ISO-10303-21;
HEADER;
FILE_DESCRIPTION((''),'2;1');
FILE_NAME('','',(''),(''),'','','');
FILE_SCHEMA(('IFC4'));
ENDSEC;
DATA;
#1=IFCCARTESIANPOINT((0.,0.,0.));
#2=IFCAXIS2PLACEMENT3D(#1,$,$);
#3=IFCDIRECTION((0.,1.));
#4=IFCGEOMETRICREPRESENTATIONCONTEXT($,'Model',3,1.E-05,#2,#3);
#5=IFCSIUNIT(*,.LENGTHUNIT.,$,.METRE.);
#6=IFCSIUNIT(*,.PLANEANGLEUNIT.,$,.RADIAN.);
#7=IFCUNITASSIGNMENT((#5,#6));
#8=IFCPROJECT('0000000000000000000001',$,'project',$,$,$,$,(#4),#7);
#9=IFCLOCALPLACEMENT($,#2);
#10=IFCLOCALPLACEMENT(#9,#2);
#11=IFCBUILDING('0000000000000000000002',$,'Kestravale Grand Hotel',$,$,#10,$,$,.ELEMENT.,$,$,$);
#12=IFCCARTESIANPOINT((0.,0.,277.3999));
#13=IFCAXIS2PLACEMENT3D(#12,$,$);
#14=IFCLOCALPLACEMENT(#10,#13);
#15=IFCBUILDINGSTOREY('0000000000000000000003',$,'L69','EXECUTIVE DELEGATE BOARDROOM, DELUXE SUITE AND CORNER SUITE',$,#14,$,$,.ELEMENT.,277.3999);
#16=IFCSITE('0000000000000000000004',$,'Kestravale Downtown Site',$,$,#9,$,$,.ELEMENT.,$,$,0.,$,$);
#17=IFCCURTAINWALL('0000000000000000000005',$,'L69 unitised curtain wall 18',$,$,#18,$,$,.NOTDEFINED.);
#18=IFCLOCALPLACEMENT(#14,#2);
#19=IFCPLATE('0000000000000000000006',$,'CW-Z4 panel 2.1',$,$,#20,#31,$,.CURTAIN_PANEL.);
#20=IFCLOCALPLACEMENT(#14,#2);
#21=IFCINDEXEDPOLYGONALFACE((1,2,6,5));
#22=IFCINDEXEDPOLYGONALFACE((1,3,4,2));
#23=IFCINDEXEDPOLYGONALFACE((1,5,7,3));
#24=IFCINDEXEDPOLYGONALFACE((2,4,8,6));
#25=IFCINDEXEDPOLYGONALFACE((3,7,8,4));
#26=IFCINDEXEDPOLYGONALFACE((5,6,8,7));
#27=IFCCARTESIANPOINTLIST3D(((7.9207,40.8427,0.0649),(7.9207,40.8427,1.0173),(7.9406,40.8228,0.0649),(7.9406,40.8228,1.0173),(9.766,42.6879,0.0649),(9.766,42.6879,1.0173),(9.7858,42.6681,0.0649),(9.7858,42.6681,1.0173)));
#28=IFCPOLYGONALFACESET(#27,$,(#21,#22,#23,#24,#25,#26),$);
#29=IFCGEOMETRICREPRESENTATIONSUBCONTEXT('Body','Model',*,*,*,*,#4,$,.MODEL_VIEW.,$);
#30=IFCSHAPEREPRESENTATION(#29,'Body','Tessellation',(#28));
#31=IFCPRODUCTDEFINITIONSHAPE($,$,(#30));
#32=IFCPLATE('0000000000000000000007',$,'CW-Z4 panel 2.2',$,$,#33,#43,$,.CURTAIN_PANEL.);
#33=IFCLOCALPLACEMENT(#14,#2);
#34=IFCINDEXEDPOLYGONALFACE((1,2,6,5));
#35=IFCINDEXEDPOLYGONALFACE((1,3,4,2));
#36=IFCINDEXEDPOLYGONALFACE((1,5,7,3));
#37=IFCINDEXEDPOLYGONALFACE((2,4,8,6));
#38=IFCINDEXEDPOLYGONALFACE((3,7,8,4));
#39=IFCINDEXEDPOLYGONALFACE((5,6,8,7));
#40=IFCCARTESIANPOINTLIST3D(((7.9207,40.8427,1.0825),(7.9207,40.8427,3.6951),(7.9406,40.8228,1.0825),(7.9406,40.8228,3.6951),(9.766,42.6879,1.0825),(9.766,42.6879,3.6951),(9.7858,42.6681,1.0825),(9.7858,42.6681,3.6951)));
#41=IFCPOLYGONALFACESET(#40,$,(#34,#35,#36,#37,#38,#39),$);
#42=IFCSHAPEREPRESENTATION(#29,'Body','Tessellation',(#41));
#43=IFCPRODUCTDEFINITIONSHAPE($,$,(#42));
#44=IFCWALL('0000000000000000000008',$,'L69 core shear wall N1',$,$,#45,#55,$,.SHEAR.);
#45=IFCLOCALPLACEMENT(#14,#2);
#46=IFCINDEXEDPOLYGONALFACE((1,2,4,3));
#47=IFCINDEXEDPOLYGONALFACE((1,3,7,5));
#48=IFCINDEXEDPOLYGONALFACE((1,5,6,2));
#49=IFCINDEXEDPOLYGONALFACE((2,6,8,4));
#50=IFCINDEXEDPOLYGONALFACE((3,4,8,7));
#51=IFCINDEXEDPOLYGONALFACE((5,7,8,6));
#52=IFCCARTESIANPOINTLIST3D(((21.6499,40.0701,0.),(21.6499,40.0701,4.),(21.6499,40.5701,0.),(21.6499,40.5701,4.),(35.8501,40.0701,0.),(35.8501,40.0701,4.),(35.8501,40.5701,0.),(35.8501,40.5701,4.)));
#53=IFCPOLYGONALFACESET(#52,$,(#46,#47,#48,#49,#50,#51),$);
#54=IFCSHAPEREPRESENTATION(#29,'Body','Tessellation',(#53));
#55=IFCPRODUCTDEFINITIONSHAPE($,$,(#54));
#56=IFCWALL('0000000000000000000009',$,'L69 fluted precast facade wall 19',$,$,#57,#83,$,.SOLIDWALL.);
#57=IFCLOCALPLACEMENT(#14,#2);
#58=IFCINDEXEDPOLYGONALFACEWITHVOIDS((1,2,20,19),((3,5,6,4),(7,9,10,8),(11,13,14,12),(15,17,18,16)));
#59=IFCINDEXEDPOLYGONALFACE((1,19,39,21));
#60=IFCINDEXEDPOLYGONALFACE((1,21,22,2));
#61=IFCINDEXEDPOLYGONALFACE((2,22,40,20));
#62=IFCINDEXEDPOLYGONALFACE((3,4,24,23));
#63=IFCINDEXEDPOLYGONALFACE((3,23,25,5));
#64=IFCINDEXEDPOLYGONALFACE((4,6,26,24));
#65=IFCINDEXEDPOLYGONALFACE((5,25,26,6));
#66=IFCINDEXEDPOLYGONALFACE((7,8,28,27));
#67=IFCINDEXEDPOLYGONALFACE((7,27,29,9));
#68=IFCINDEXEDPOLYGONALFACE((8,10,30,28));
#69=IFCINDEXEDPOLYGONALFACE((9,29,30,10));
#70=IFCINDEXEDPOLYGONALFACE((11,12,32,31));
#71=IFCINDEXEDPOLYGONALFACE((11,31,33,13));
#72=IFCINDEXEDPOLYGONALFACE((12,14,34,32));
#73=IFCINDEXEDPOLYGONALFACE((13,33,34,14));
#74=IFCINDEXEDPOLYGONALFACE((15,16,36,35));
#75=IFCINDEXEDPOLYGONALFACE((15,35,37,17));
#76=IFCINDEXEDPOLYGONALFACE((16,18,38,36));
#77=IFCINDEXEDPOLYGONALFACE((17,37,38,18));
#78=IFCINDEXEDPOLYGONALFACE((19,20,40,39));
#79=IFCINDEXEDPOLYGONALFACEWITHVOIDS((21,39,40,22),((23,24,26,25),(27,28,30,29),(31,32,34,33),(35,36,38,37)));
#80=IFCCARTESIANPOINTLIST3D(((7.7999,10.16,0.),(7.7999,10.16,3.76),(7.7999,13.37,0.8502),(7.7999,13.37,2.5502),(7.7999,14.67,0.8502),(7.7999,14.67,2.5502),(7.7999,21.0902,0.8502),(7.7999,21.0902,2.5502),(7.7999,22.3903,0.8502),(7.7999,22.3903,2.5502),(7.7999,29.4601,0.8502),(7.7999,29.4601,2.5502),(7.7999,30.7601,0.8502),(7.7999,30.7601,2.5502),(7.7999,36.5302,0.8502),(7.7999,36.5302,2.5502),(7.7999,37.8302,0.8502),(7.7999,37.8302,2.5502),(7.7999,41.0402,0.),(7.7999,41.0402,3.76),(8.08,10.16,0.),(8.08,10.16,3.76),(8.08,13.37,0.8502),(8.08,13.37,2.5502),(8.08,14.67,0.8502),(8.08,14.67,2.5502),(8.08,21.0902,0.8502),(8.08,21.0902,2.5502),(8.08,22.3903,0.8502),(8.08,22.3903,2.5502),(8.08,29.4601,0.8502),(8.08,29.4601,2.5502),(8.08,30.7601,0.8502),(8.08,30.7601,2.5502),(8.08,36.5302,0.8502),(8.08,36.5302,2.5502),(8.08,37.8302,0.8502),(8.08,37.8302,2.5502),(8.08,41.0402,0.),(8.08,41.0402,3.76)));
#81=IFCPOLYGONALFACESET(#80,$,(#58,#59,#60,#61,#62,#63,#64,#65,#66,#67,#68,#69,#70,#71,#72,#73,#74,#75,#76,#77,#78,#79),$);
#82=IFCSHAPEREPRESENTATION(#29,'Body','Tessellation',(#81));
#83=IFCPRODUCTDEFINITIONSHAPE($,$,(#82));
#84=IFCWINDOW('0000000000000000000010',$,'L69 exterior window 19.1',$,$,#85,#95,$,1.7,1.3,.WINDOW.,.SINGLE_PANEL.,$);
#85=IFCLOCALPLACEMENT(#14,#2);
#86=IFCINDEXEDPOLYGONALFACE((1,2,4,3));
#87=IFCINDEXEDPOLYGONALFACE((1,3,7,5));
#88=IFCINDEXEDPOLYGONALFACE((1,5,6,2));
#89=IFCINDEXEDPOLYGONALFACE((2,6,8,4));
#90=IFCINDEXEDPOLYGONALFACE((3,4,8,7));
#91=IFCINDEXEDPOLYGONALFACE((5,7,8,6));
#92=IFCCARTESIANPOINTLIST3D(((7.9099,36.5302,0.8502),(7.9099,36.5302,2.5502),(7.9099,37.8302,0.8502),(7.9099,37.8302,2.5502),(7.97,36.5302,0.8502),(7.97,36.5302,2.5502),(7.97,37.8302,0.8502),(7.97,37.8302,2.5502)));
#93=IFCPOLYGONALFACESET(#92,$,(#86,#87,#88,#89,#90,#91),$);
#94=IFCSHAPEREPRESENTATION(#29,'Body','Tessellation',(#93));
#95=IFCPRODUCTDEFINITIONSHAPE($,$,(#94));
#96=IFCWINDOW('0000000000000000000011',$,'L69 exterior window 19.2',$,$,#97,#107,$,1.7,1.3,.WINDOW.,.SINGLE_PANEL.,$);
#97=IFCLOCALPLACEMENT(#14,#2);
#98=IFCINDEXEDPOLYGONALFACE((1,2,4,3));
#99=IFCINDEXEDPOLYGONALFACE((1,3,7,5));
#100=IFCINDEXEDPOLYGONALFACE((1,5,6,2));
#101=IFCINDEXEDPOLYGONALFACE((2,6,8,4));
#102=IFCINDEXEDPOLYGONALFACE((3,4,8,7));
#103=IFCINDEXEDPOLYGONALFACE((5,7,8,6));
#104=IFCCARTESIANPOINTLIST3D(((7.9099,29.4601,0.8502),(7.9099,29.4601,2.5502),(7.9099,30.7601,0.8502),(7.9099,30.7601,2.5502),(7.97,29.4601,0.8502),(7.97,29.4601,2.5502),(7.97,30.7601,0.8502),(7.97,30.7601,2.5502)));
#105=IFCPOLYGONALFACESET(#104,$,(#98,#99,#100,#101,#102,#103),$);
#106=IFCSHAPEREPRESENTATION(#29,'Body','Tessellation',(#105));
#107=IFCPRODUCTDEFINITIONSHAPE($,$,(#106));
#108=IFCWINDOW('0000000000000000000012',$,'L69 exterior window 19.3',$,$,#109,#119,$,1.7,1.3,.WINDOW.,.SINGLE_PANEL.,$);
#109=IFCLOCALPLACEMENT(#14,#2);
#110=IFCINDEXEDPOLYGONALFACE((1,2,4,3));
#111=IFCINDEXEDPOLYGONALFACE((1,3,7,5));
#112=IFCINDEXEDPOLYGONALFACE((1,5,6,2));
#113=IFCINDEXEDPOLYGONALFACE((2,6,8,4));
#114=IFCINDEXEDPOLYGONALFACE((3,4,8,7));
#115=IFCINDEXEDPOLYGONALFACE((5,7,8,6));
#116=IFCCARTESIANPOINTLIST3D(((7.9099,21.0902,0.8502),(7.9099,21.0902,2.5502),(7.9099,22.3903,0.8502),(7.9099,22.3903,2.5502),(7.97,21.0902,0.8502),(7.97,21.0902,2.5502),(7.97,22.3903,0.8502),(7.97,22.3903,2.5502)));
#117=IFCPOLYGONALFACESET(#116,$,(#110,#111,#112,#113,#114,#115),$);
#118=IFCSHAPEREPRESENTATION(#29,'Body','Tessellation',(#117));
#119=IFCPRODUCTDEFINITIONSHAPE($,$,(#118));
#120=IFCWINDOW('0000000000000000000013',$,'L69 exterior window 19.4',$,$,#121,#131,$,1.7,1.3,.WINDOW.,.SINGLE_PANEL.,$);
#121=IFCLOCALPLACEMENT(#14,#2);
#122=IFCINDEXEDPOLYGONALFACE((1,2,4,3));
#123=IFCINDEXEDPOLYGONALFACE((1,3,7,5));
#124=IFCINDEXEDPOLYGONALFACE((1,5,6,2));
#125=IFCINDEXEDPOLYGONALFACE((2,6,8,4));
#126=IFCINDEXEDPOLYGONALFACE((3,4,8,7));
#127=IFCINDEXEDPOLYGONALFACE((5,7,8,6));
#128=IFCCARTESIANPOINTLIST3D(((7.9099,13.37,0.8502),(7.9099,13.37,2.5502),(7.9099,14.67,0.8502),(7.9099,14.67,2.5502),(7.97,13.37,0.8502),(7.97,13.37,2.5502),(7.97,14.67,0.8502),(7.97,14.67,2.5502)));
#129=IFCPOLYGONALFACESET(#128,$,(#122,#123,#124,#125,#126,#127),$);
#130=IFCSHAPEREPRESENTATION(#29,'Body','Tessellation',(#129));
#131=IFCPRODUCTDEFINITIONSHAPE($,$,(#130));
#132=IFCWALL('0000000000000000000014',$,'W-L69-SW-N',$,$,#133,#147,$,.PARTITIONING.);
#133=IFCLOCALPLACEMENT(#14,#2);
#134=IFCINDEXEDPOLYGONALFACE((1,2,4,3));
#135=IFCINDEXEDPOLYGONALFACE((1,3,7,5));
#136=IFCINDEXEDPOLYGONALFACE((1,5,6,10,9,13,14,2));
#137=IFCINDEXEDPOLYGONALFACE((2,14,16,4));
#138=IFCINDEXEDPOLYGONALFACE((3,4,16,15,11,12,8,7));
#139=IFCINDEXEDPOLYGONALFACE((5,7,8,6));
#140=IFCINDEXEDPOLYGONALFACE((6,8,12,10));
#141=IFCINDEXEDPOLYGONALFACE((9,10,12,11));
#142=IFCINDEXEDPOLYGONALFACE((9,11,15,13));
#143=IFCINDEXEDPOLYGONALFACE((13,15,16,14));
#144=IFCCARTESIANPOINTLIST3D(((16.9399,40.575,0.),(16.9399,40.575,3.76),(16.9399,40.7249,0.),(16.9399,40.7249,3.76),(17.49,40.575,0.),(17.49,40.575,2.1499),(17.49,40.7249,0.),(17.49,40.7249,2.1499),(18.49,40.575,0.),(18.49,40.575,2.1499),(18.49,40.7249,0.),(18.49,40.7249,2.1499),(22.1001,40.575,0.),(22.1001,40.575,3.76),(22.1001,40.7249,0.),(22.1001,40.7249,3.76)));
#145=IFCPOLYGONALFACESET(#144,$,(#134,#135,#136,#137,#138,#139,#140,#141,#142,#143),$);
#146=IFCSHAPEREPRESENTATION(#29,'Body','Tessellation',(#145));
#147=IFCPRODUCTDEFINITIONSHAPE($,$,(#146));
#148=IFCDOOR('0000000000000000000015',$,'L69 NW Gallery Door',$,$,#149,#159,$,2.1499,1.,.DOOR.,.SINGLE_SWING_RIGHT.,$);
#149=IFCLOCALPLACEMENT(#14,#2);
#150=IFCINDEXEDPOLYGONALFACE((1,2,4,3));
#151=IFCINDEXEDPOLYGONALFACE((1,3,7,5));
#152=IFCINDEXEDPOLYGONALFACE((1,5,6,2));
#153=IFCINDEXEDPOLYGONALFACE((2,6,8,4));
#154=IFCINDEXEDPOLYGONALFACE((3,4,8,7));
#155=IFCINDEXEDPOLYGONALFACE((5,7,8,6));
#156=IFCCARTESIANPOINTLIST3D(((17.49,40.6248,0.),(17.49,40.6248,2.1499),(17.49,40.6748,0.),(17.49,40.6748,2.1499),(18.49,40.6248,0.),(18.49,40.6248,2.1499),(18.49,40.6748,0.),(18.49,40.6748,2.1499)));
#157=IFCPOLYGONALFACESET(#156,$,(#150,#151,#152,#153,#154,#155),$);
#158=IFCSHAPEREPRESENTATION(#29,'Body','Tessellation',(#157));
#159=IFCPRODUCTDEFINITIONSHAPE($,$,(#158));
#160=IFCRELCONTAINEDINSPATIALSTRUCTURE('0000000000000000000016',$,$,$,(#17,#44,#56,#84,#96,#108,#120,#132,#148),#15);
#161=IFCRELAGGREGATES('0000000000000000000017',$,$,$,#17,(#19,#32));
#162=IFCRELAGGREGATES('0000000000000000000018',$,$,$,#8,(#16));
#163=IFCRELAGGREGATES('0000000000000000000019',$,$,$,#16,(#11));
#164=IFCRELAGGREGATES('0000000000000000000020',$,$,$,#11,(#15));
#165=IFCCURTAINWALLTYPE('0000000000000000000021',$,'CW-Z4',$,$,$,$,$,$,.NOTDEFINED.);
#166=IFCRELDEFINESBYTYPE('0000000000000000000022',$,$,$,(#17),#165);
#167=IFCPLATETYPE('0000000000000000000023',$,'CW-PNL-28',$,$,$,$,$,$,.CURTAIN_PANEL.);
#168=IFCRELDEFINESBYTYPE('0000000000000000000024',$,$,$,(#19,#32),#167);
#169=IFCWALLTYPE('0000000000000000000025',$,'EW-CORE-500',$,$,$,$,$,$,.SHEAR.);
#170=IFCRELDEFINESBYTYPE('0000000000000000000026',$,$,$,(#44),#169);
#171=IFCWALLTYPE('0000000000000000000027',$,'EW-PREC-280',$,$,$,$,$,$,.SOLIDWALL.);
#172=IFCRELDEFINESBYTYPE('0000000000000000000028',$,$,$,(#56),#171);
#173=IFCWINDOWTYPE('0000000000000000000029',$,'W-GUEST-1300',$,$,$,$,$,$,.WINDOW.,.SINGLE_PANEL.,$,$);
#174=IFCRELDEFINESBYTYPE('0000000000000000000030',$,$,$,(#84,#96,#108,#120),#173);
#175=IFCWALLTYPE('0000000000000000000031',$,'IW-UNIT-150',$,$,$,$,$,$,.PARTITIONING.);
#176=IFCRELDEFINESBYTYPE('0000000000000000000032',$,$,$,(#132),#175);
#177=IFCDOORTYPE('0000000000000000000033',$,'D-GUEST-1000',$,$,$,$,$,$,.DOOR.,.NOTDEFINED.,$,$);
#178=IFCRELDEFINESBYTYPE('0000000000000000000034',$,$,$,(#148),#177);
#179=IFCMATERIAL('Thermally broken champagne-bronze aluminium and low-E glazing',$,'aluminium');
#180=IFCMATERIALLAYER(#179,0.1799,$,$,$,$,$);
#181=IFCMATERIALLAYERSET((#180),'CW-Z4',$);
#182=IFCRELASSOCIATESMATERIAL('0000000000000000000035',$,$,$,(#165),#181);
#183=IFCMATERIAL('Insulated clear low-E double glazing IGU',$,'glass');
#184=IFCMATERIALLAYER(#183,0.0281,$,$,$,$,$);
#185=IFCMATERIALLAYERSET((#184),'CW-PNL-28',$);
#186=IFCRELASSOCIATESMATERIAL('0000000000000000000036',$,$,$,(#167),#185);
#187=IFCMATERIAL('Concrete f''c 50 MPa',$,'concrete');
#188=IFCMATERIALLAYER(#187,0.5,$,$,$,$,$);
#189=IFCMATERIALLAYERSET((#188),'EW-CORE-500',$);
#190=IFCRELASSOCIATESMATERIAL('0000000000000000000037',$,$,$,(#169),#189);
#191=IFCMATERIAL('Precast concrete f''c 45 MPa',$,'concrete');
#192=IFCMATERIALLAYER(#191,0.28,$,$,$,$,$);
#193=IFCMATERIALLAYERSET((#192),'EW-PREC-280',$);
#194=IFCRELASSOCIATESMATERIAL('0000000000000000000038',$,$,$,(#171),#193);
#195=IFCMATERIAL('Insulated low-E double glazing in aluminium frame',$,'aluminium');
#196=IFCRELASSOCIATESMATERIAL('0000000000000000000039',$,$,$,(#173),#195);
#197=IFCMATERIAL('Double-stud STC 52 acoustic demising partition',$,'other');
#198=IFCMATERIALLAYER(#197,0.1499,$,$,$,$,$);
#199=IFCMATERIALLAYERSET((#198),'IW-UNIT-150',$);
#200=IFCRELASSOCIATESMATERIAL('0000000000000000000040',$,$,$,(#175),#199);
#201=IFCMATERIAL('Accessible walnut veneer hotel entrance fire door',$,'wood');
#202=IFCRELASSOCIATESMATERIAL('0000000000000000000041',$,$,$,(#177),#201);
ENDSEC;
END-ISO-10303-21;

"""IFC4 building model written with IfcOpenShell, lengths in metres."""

from ifc_helpers import new_model, si_unit, direction, frame, frame_2d, origin, origin_2d, place, context, subcontext, project, spatial, rectangle, extrude, material, layer, layer_set, type_object, element, fill, aggregate, save


model = new_model("IFC4")

# Units and contexts
model_context = context("Model", 3, precision=1e-05, world=origin(), true_north=direction((0.0, 1.0)))
body_context = subcontext(model_context, "Body", "Model", "MODEL_VIEW")
ifc_project = project(units=[si_unit("LENGTHUNIT", "METRE"), si_unit("PLANEANGLEUNIT", "RADIAN")], contexts=[model_context])

# Site, building, storey
site_placement = place(None, origin())
site = spatial("IfcSite", under=ifc_project, at=site_placement, Name="Kestravale Downtown Site", CompositionType="ELEMENT", RefElevation=0.0)
building_placement = place(site_placement, origin())
building = spatial("IfcBuilding", under=site, at=building_placement, Name="Kestravale Grand Hotel", CompositionType="ELEMENT")
storey_placement = place(building_placement, frame((0.0, 0.0, 277.3999)))
storey = spatial("IfcBuildingStorey", under=building, at=storey_placement, Name="L69", Description="EXECUTIVE DELEGATE BOARDROOM, DELUXE SUITE AND CORNER SUITE", CompositionType="ELEMENT", Elevation=277.3999)

# Curtain wall, plates
ifc_material_1 = material(Name="Thermally broken champagne-bronze aluminium and low-E glazing", Category="aluminium")
ifc_layer_1 = layer(ifc_material_1, 0.1799)
ifc_layer_set_1 = layer_set([ifc_layer_1], Name="CW-Z4")
curtain_wall_type = type_object("IfcCurtainWallType", Name="CW-Z4", PredefinedType="NOTDEFINED", material=ifc_layer_set_1)
curtain_wall_placement = place(storey_placement, origin())
curtain_wall = element("IfcCurtainWall", 1, at=curtain_wall_placement, inside=storey, type_object=curtain_wall_type, Name="L69 unitised curtain wall 18", PredefinedType="NOTDEFINED")
ifc_material_2 = material(Name="Insulated clear low-E double glazing IGU", Category="glass")
ifc_layer_2 = layer(ifc_material_2, 0.0281)
ifc_layer_set_2 = layer_set([ifc_layer_2], Name="CW-PNL-28")
plate_type = type_object("IfcPlateType", Name="CW-PNL-28", PredefinedType="CURTAIN_PANEL", material=ifc_layer_set_2)
plate_1_placement = place(storey_placement, frame((8.8533, 41.7554, 0.0649), z_axis=(0.0, 0.0, 1.0), x_axis=(-0.707107, -0.707107, 0.0)))
plate_1 = element("IfcPlate", 2, at=plate_1_placement, type_object=plate_type, Name="CW-Z4 panel 2.1", PredefinedType="CURTAIN_PANEL", context=body_context, shape_type="SweptSolid", body=[
    extrude(rectangle(XDim=2.6096, YDim=0.0281, at=origin_2d()), origin(), (0.0, 0.0, 1.0), 0.9524),
])
plate_2_placement = place(storey_placement, frame((8.8533, 41.7554, 1.0825), z_axis=(0.0, 0.0, 1.0), x_axis=(-0.707107, -0.707107, 0.0)))
plate_2 = element("IfcPlate", 3, at=plate_2_placement, type_object=plate_type, Name="CW-Z4 panel 2.2", PredefinedType="CURTAIN_PANEL", context=body_context, shape_type="SweptSolid", body=[
    extrude(rectangle(XDim=2.6096, YDim=0.0281, at=origin_2d()), origin(), (0.0, 0.0, 1.0), 2.6125),
])
aggregate(curtain_wall, [plate_1, plate_2])

# Wall
ifc_material_3 = material(Name="Concrete f'c 50 MPa", Category="concrete")
ifc_layer_3 = layer(ifc_material_3, 0.5)
ifc_layer_set_3 = layer_set([ifc_layer_3], Name="EW-CORE-500")
wall_type_1 = type_object("IfcWallType", Name="EW-CORE-500", PredefinedType="SHEAR", material=ifc_layer_set_3)
wall_1_placement = place(storey_placement, frame((21.6499, 40.3201, 0.0), z_axis=(0.0, 0.0, 1.0), x_axis=(1.0, 0.0, 0.0)))
element("IfcWall", 4, at=wall_1_placement, inside=storey, type_object=wall_type_1, Name="L69 core shear wall N1", PredefinedType="SHEAR", context=body_context, shape_type="SweptSolid", body=[
    extrude(rectangle(XDim=14.2002, YDim=0.5, at=frame_2d((7.1001, 0.0))), origin(), (0.0, 0.0, 1.0), 4.0),
])

# Wall, openings, windows
ifc_material_4 = material(Name="Precast concrete f'c 45 MPa", Category="concrete")
ifc_layer_4 = layer(ifc_material_4, 0.28)
ifc_layer_set_4 = layer_set([ifc_layer_4], Name="EW-PREC-280")
wall_type_2 = type_object("IfcWallType", Name="EW-PREC-280", PredefinedType="SOLIDWALL", material=ifc_layer_set_4)
wall_2_placement = place(storey_placement, frame((7.9399, 41.04, 0.0), z_axis=(0.0, 0.0, 1.0), x_axis=(0.0, -1.0, 0.0)))
wall_2 = element("IfcWall", 5, at=wall_2_placement, inside=storey, type_object=wall_type_2, Name="L69 fluted precast facade wall 19", PredefinedType="SOLIDWALL", context=body_context, shape_type="SweptSolid", body=[
    extrude(rectangle(XDim=30.8801, YDim=0.28, at=frame_2d((15.4399, 0.0))), origin(), (0.0, 0.0, 1.0), 3.76),
])
opening_1_placement = place(wall_2_placement, frame((3.21, 0.0, 0.8501)))
opening_1 = element("IfcOpeningElement", 6, at=opening_1_placement, cuts=wall_2, PredefinedType="OPENING", context=body_context, shape_type="SweptSolid", body=[
    extrude(rectangle(XDim=1.3, YDim=1.7, at=frame_2d((0.6499, 0.8501))), frame((0.0, 0.1499, 0.0), z_axis=(0.0, -1.0, 0.0), x_axis=(1.0, 0.0, 0.0)), (0.0, 0.0, 1.0), 0.3),
])
opening_2_placement = place(wall_2_placement, frame((10.28, 0.0, 0.8501)))
opening_2 = element("IfcOpeningElement", 7, at=opening_2_placement, cuts=wall_2, PredefinedType="OPENING", context=body_context, shape_type="SweptSolid", body=[
    extrude(rectangle(XDim=1.3, YDim=1.7, at=frame_2d((0.6499, 0.8501))), frame((0.0, 0.1499, 0.0), z_axis=(0.0, -1.0, 0.0), x_axis=(1.0, 0.0, 0.0)), (0.0, 0.0, 1.0), 0.3),
])
opening_3_placement = place(wall_2_placement, frame((18.6499, 0.0, 0.8501)))
opening_3 = element("IfcOpeningElement", 8, at=opening_3_placement, cuts=wall_2, PredefinedType="OPENING", context=body_context, shape_type="SweptSolid", body=[
    extrude(rectangle(XDim=1.3, YDim=1.7, at=frame_2d((0.6499, 0.8501))), frame((0.0, 0.1499, 0.0), z_axis=(0.0, -1.0, 0.0), x_axis=(1.0, 0.0, 0.0)), (0.0, 0.0, 1.0), 0.3),
])
opening_4_placement = place(wall_2_placement, frame((26.3701, 0.0, 0.8501)))
opening_4 = element("IfcOpeningElement", 9, at=opening_4_placement, cuts=wall_2, PredefinedType="OPENING", context=body_context, shape_type="SweptSolid", body=[
    extrude(rectangle(XDim=1.3, YDim=1.7, at=frame_2d((0.6499, 0.8501))), frame((0.0, 0.1499, 0.0), z_axis=(0.0, -1.0, 0.0), x_axis=(1.0, 0.0, 0.0)), (0.0, 0.0, 1.0), 0.3),
])
ifc_material_5 = material(Name="Insulated low-E double glazing in aluminium frame", Category="aluminium")
window_type = type_object("IfcWindowType", Name="W-GUEST-1300", PartitioningType="SINGLE_PANEL", PredefinedType="WINDOW", material=ifc_material_5)
window_1_placement = place(opening_1_placement, origin())
window_1 = element("IfcWindow", 10, at=window_1_placement, inside=storey, type_object=window_type, Name="L69 exterior window 19.1", OverallHeight=1.7, OverallWidth=1.3, PartitioningType="SINGLE_PANEL", PredefinedType="WINDOW", context=body_context, shape_type="SweptSolid", body=[
    extrude(rectangle(XDim=1.3, YDim=1.7, at=frame_2d((0.6499, 0.8501))), frame((0.0, 0.03, 0.0), z_axis=(0.0, -1.0, 0.0), x_axis=(1.0, 0.0, 0.0)), (0.0, 0.0, 1.0), 0.0601),
])
fill(opening_1, window_1)
window_2_placement = place(opening_2_placement, origin())
window_2 = element("IfcWindow", 11, at=window_2_placement, inside=storey, type_object=window_type, Name="L69 exterior window 19.2", OverallHeight=1.7, OverallWidth=1.3, PartitioningType="SINGLE_PANEL", PredefinedType="WINDOW", context=body_context, shape_type="SweptSolid", body=[
    extrude(rectangle(XDim=1.3, YDim=1.7, at=frame_2d((0.6499, 0.8501))), frame((0.0, 0.03, 0.0), z_axis=(0.0, -1.0, 0.0), x_axis=(1.0, 0.0, 0.0)), (0.0, 0.0, 1.0), 0.0601),
])
fill(opening_2, window_2)
window_3_placement = place(opening_3_placement, origin())
window_3 = element("IfcWindow", 12, at=window_3_placement, inside=storey, type_object=window_type, Name="L69 exterior window 19.3", OverallHeight=1.7, OverallWidth=1.3, PartitioningType="SINGLE_PANEL", PredefinedType="WINDOW", context=body_context, shape_type="SweptSolid", body=[
    extrude(rectangle(XDim=1.3, YDim=1.7, at=frame_2d((0.6499, 0.8501))), frame((0.0, 0.03, 0.0), z_axis=(0.0, -1.0, 0.0), x_axis=(1.0, 0.0, 0.0)), (0.0, 0.0, 1.0), 0.0601),
])
fill(opening_3, window_3)
window_4_placement = place(opening_4_placement, origin())
window_4 = element("IfcWindow", 13, at=window_4_placement, inside=storey, type_object=window_type, Name="L69 exterior window 19.4", OverallHeight=1.7, OverallWidth=1.3, PartitioningType="SINGLE_PANEL", PredefinedType="WINDOW", context=body_context, shape_type="SweptSolid", body=[
    extrude(rectangle(XDim=1.3, YDim=1.7, at=frame_2d((0.6499, 0.8501))), frame((0.0, 0.03, 0.0), z_axis=(0.0, -1.0, 0.0), x_axis=(1.0, 0.0, 0.0)), (0.0, 0.0, 1.0), 0.0601),
])
fill(opening_4, window_4)

# Wall, opening, door
ifc_material_6 = material(Name="Double-stud STC 52 acoustic demising partition", Category="other")
ifc_layer_5 = layer(ifc_material_6, 0.1499)
ifc_layer_set_5 = layer_set([ifc_layer_5], Name="IW-UNIT-150")
wall_type_3 = type_object("IfcWallType", Name="IW-UNIT-150", PredefinedType="PARTITIONING", material=ifc_layer_set_5)
wall_3_placement = place(storey_placement, frame((16.9399, 40.6499, 0.0), z_axis=(0.0, 0.0, 1.0), x_axis=(1.0, 0.0, 0.0)))
wall_3 = element("IfcWall", 14, at=wall_3_placement, inside=storey, type_object=wall_type_3, Name="W-L69-SW-N", PredefinedType="PARTITIONING", context=body_context, shape_type="SweptSolid", body=[
    extrude(rectangle(XDim=5.1602, YDim=0.1499, at=frame_2d((2.5801, 0.0))), origin(), (0.0, 0.0, 1.0), 3.76),
])
opening_5_placement = place(wall_3_placement, frame((0.55, 0.0, 0.0)))
opening_5 = element("IfcOpeningElement", 15, at=opening_5_placement, cuts=wall_3, PredefinedType="OPENING", context=body_context, shape_type="SweptSolid", body=[
    extrude(rectangle(XDim=1.0, YDim=2.1499, at=frame_2d((0.5, 1.075))), frame((0.0, 0.085, 0.0), z_axis=(0.0, -1.0, 0.0), x_axis=(1.0, 0.0, 0.0)), (0.0, 0.0, 1.0), 0.1699),
])
ifc_material_7 = material(Name="Accessible walnut veneer hotel entrance fire door", Category="wood")
door_type = type_object("IfcDoorType", Name="D-GUEST-1000", OperationType="NOTDEFINED", PredefinedType="DOOR", material=ifc_material_7)
door_placement = place(opening_5_placement, origin())
door = element("IfcDoor", 16, at=door_placement, inside=storey, type_object=door_type, Name="L69 NW Gallery Door", OperationType="SINGLE_SWING_RIGHT", OverallHeight=2.1499, OverallWidth=1.0, PredefinedType="DOOR", context=body_context, shape_type="SweptSolid", body=[
    extrude(rectangle(XDim=1.0, YDim=2.1499, at=frame_2d((0.5, 1.075))), frame((0.0, 0.0249, 0.0), z_axis=(0.0, -1.0, 0.0), x_axis=(1.0, 0.0, 0.0)), (0.0, 0.0, 1.0), 0.05),
])
fill(opening_5, door)

save(model, "model.ifc")
